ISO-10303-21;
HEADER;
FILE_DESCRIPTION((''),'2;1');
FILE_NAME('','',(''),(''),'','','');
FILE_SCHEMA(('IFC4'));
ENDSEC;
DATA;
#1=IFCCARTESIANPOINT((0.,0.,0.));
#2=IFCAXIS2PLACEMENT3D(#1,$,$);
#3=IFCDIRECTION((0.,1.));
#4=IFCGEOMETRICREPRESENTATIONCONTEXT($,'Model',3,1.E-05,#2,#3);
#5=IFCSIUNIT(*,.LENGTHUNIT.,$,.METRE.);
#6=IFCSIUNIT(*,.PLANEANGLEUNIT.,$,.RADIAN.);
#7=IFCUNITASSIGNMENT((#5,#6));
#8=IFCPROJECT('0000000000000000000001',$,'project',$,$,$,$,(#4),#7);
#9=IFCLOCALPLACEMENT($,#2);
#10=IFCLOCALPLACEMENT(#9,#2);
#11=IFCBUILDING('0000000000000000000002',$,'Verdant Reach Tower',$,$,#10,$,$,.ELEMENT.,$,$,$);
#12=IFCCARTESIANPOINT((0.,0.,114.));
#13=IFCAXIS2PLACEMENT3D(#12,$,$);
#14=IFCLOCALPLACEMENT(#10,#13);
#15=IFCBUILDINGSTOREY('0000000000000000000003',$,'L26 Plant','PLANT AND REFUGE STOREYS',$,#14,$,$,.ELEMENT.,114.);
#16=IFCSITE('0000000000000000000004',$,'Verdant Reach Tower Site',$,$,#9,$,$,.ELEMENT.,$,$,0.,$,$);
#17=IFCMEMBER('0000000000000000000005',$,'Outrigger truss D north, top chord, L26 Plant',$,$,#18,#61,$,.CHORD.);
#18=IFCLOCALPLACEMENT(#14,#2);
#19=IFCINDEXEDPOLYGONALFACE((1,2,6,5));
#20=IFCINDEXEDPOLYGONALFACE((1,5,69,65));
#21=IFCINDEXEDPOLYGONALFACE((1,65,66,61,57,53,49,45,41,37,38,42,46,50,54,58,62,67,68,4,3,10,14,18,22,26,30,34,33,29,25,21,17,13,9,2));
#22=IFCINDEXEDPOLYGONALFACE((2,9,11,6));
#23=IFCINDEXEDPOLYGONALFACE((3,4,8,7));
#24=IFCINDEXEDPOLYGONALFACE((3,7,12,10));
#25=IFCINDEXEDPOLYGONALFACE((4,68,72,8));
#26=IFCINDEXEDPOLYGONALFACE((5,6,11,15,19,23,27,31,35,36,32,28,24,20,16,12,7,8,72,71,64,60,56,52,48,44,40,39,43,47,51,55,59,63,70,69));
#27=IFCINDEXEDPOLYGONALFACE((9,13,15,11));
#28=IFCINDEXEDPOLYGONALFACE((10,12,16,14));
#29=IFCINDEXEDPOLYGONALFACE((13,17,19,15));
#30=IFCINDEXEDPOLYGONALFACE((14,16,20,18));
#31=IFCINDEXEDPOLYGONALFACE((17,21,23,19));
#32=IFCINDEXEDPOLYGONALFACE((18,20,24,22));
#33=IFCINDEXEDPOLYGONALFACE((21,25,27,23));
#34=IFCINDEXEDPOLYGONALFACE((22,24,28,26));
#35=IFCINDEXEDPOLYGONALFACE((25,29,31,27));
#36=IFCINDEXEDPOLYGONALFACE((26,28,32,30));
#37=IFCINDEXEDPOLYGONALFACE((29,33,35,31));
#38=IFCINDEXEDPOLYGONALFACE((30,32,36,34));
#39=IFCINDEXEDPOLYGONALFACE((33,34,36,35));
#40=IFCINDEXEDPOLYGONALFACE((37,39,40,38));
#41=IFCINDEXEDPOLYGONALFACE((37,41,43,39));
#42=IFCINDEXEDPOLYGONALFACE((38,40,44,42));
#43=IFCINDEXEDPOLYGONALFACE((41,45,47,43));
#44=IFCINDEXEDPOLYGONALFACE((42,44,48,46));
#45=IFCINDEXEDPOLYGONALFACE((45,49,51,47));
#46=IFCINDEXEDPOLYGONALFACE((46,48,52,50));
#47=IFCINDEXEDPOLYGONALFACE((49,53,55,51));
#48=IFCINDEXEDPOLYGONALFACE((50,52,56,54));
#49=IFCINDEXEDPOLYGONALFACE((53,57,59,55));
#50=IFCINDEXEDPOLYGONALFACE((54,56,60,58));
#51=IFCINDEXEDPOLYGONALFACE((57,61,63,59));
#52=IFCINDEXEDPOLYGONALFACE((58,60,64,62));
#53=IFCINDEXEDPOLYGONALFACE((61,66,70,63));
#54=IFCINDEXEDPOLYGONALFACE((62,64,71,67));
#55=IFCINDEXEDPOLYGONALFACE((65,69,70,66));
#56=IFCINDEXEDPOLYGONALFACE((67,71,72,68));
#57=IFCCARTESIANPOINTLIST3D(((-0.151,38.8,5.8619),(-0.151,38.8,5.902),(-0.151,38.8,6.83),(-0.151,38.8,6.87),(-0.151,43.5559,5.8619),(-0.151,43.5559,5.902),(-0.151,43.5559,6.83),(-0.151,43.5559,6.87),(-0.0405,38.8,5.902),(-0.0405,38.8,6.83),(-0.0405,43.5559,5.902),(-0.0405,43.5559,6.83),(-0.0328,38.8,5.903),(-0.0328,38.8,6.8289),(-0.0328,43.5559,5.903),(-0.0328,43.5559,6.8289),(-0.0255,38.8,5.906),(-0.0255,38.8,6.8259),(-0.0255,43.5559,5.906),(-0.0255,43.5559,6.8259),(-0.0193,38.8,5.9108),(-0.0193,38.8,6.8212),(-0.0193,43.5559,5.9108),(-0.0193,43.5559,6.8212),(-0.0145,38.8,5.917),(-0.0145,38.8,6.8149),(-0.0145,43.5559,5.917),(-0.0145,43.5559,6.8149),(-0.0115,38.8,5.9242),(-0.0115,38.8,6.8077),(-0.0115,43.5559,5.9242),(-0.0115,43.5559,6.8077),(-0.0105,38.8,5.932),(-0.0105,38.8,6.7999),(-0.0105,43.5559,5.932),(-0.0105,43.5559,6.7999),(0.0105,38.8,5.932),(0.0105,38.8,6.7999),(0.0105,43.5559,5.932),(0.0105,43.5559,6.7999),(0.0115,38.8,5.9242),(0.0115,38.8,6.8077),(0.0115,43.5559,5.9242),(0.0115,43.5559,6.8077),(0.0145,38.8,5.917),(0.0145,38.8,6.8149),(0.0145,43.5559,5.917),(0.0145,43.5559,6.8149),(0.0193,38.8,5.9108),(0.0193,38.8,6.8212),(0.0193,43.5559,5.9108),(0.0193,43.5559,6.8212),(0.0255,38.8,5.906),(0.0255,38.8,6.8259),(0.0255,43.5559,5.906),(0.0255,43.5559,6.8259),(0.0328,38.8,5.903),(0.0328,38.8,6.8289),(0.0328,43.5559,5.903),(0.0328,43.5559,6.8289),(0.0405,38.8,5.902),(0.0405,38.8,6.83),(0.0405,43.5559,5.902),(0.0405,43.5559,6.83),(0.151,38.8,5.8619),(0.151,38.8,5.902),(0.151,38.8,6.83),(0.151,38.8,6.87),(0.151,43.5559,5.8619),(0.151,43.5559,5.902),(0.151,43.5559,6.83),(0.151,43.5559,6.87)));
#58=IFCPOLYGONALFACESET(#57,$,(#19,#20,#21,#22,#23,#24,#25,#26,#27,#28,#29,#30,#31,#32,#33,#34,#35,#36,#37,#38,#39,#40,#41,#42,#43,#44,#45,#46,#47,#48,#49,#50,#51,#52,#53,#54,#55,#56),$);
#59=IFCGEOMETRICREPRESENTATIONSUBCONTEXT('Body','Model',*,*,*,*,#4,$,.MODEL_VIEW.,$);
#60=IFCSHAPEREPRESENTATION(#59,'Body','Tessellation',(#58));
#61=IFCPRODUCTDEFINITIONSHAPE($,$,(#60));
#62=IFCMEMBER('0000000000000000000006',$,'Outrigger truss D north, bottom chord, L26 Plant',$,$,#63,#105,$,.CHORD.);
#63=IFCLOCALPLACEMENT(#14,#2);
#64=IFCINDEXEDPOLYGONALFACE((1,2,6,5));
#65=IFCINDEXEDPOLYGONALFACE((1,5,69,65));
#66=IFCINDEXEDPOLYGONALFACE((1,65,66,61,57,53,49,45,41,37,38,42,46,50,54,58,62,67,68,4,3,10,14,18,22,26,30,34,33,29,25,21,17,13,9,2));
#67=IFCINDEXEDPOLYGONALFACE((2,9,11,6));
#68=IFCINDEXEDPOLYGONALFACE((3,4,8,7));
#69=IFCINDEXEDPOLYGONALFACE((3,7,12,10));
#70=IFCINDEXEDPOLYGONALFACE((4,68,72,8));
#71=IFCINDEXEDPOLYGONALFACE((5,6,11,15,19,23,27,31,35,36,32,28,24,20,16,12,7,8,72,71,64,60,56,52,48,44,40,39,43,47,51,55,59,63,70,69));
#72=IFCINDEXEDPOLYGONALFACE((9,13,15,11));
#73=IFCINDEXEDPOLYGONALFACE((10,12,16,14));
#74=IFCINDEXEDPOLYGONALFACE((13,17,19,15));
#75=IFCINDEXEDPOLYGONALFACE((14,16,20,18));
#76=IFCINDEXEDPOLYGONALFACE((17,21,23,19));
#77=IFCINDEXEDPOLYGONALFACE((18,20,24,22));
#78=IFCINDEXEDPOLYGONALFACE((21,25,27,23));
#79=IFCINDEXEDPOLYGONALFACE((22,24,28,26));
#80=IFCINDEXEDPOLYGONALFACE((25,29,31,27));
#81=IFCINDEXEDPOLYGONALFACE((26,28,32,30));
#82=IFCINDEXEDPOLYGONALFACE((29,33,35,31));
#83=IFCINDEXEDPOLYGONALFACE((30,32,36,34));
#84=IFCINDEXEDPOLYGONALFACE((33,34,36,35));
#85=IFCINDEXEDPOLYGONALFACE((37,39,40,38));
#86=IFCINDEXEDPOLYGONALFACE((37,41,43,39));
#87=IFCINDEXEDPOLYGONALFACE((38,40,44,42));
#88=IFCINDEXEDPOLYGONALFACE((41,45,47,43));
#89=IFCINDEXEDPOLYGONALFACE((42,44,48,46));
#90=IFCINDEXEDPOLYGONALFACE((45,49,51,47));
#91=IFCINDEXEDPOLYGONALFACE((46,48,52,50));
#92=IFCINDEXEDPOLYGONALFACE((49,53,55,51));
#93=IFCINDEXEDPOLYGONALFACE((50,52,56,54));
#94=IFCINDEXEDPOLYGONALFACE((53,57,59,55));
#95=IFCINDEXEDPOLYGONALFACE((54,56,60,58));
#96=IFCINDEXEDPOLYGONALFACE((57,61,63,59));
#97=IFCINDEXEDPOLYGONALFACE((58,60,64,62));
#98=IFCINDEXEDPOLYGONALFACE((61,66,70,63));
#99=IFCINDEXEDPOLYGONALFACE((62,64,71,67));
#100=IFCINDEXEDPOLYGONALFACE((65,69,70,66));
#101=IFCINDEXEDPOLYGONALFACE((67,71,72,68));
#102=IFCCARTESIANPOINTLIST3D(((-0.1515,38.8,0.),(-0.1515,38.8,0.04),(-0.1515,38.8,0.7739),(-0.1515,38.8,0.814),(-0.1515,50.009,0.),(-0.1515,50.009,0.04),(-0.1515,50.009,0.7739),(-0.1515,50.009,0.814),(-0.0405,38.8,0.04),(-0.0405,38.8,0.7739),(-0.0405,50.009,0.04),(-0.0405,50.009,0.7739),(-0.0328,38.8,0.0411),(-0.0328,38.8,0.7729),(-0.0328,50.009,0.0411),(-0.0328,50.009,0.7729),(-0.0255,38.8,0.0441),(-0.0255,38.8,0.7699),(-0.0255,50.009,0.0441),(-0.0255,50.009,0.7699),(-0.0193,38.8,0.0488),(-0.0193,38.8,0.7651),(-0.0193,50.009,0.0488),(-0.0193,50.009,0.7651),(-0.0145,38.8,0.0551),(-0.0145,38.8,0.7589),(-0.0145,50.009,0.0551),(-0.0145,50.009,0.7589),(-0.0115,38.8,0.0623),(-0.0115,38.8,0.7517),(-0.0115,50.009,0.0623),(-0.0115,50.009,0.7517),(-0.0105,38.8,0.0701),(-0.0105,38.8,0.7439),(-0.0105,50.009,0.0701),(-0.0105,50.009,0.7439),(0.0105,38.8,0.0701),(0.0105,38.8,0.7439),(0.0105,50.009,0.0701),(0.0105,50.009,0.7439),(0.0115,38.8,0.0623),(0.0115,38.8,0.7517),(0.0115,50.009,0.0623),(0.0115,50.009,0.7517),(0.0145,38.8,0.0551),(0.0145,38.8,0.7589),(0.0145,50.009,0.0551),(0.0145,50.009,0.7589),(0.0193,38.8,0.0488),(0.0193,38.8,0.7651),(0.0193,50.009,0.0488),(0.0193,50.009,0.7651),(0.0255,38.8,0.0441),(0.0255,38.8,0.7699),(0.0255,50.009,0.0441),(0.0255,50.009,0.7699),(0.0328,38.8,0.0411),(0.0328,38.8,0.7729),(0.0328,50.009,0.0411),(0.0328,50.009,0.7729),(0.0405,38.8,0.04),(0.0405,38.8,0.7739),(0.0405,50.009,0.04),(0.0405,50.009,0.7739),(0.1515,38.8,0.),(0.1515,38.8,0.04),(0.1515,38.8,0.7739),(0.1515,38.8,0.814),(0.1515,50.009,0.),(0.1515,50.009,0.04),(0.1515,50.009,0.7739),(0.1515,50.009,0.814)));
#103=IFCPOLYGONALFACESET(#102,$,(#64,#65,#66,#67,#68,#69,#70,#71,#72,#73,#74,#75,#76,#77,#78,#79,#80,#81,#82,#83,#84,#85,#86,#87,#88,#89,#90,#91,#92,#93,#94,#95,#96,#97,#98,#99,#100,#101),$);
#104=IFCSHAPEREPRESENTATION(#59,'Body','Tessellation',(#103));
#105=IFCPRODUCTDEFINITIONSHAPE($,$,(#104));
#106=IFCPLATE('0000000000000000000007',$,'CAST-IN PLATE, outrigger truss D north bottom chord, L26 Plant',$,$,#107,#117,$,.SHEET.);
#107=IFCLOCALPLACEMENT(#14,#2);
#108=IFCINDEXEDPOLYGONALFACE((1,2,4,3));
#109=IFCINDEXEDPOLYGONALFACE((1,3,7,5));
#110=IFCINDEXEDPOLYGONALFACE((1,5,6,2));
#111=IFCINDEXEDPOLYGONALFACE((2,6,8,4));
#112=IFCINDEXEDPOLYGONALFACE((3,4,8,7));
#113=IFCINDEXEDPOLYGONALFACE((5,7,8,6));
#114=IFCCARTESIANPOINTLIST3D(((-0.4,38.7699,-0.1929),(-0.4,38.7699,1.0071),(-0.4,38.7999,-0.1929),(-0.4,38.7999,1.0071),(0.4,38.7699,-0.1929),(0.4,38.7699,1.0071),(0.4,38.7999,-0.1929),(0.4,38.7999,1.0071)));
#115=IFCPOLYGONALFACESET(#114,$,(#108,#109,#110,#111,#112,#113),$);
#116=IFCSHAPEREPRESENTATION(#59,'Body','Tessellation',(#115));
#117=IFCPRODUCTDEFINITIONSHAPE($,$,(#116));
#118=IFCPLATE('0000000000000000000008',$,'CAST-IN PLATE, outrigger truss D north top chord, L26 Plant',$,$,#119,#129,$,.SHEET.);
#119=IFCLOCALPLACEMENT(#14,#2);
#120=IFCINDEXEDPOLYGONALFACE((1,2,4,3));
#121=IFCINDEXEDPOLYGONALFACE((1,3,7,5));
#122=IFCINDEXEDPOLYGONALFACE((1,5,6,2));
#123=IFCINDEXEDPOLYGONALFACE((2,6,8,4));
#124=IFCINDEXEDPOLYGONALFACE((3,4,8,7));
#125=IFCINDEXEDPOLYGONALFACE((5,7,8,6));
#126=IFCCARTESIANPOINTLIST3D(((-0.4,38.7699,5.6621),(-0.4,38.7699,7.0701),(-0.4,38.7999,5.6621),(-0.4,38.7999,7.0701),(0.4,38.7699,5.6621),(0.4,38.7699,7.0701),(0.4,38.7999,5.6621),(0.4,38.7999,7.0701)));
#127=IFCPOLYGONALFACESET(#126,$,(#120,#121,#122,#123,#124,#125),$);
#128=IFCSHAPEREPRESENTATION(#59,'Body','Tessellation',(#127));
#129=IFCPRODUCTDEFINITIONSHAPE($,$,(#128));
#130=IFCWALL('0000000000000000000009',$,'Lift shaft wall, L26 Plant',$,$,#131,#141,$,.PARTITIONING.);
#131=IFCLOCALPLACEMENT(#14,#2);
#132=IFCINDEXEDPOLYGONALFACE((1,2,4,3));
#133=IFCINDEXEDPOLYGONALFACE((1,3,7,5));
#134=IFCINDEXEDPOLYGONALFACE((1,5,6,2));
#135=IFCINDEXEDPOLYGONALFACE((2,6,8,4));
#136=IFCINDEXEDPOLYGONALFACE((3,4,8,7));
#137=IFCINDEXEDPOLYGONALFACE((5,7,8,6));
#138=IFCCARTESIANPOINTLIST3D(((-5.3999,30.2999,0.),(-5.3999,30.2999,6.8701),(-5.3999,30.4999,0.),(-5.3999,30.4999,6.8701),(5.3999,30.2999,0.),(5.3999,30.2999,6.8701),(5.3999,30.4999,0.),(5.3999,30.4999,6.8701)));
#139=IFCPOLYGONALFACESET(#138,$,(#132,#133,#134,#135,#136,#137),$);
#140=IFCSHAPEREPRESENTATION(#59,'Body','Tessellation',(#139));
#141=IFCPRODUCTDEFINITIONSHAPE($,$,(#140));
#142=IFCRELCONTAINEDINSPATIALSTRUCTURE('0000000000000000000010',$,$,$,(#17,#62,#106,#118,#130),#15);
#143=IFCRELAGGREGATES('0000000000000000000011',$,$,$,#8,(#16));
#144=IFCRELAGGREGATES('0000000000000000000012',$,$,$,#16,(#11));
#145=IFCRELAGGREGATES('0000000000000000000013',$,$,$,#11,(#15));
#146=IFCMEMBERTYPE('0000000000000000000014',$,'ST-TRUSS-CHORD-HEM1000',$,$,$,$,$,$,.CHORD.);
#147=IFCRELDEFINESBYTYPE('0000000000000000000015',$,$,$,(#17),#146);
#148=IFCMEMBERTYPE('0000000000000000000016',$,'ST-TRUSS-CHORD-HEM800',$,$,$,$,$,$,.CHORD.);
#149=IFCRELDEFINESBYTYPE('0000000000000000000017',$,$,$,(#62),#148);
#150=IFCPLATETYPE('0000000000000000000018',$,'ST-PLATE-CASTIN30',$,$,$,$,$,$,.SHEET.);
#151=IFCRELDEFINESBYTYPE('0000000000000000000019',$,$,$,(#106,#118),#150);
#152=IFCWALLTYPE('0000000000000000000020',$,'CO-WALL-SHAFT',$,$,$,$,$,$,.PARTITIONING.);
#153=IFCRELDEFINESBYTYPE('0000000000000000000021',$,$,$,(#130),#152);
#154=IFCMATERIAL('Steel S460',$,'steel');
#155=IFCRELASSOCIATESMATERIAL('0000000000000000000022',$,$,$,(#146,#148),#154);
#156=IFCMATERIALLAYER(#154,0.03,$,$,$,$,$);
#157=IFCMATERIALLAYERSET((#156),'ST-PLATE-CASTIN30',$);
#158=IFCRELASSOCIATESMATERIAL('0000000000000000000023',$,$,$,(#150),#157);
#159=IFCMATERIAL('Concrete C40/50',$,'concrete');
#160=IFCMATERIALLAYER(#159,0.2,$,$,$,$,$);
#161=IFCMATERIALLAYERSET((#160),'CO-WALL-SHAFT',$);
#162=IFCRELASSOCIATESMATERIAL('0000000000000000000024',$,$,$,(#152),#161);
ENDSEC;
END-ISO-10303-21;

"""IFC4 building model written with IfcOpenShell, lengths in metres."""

from ifc_helpers import new_model, si_unit, direction, frame, frame_2d, origin, origin_2d, place, context, subcontext, project, spatial, rectangle, i_section, extrude, material, layer, layer_set, material_profile, profile_set, type_object, element, save


model = new_model("IFC4")

# Units and contexts
model_context = context("Model", 3, precision=1e-05, world=origin(), true_north=direction((0.0, 1.0)))
body_context = subcontext(model_context, "Body", "Model", "MODEL_VIEW")
ifc_project = project(units=[si_unit("LENGTHUNIT", "METRE"), si_unit("PLANEANGLEUNIT", "RADIAN")], contexts=[model_context])

# Site, building, storey
site_placement = place(None, origin())
site = spatial("IfcSite", under=ifc_project, at=site_placement, Name="Verdant Reach Tower Site", CompositionType="ELEMENT", RefElevation=0.0)
building_placement = place(site_placement, origin())
building = spatial("IfcBuilding", under=site, at=building_placement, Name="Verdant Reach Tower", CompositionType="ELEMENT")
storey_placement = place(building_placement, frame((0.0, 0.0, 114.0)))
storey = spatial("IfcBuildingStorey", under=building, at=storey_placement, Name="L26 Plant", Description="PLANT AND REFUGE STOREYS", CompositionType="ELEMENT", Elevation=114.0)

# Members
ifc_material_1 = material(Name="Steel S460", Category="steel")
ifc_material_profile_1 = material_profile(ifc_material_1, i_section(OverallWidth=0.302, OverallDepth=1.0081, WebThickness=0.021, FlangeThickness=0.04, FilletRadius=0.03, at=origin_2d()), Name="HEM 1000")
ifc_profile_set_1 = profile_set([ifc_material_profile_1], Name="Steel S460")
member_type_1 = type_object("IfcMemberType", Name="ST-TRUSS-CHORD-HEM1000", PredefinedType="CHORD", material=ifc_profile_set_1)
member_1_placement = place(storey_placement, frame((0.0, 38.8, 6.366), z_axis=(0.0, 1.0, 0.0), x_axis=(-1.0, 0.0, 0.0)))
element("IfcMember", 1, at=member_1_placement, inside=storey, type_object=member_type_1, Name="Outrigger truss D north, top chord, L26 Plant", PredefinedType="CHORD", context=body_context, shape_type="SweptSolid", body=[
    extrude(i_section(OverallWidth=0.302, OverallDepth=1.0081, WebThickness=0.021, FlangeThickness=0.04, FilletRadius=0.03, at=origin_2d()), origin(), (0.0, 0.0, 1.0), 4.7559),
])
ifc_material_profile_2 = material_profile(ifc_material_1, i_section(OverallWidth=0.303, OverallDepth=0.814, WebThickness=0.021, FlangeThickness=0.04, FilletRadius=0.03, at=origin_2d()), Name="HEM 800")
ifc_profile_set_2 = profile_set([ifc_material_profile_2], Name="Steel S460")
member_type_2 = type_object("IfcMemberType", Name="ST-TRUSS-CHORD-HEM800", PredefinedType="CHORD", material=ifc_profile_set_2)
member_2_placement = place(storey_placement, frame((0.0, 38.8, 0.407), z_axis=(0.0, 1.0, 0.0), x_axis=(-1.0, 0.0, 0.0)))
element("IfcMember", 2, at=member_2_placement, inside=storey, type_object=member_type_2, Name="Outrigger truss D north, bottom chord, L26 Plant", PredefinedType="CHORD", context=body_context, shape_type="SweptSolid", body=[
    extrude(i_section(OverallWidth=0.303, OverallDepth=0.814, WebThickness=0.021, FlangeThickness=0.04, FilletRadius=0.03, at=origin_2d()), origin(), (0.0, 0.0, 1.0), 11.209),
])

# Plates
ifc_layer_1 = layer(ifc_material_1, 0.03)
ifc_layer_set_1 = layer_set([ifc_layer_1], Name="ST-PLATE-CASTIN30")
plate_type = type_object("IfcPlateType", Name="ST-PLATE-CASTIN30", PredefinedType="SHEET", material=ifc_layer_set_1)
plate_1_placement = place(storey_placement, frame((0.0, 38.7849, -0.1929), z_axis=(0.0, 0.0, 1.0), x_axis=(1.0, 0.0, 0.0)))
element("IfcPlate", 3, at=plate_1_placement, inside=storey, type_object=plate_type, Name="CAST-IN PLATE, outrigger truss D north bottom chord, L26 Plant", PredefinedType="SHEET", context=body_context, shape_type="SweptSolid", body=[
    extrude(rectangle(XDim=0.8, YDim=0.03, at=origin_2d()), origin(), (0.0, 0.0, 1.0), 1.2),
])
plate_2_placement = place(storey_placement, frame((0.0, 38.7849, 5.6621), z_axis=(0.0, 0.0, 1.0), x_axis=(1.0, 0.0, 0.0)))
element("IfcPlate", 4, at=plate_2_placement, inside=storey, type_object=plate_type, Name="CAST-IN PLATE, outrigger truss D north top chord, L26 Plant", PredefinedType="SHEET", context=body_context, shape_type="SweptSolid", body=[
    extrude(rectangle(XDim=0.8, YDim=0.03, at=origin_2d()), origin(), (0.0, 0.0, 1.0), 1.408),
])

# Wall
ifc_material_2 = material(Name="Concrete C40/50", Category="concrete")
ifc_layer_2 = layer(ifc_material_2, 0.2)
ifc_layer_set_2 = layer_set([ifc_layer_2], Name="CO-WALL-SHAFT")
wall_type = type_object("IfcWallType", Name="CO-WALL-SHAFT", PredefinedType="PARTITIONING", material=ifc_layer_set_2)
wall_1_placement = place(storey_placement, frame((-5.3999, 30.3999, 0.0), z_axis=(0.0, 0.0, 1.0), x_axis=(1.0, 0.0, 0.0)))
element("IfcWall", 5, at=wall_1_placement, inside=storey, type_object=wall_type, Name="Lift shaft wall, L26 Plant", PredefinedType="PARTITIONING", context=body_context, shape_type="SweptSolid", body=[
    extrude(rectangle(XDim=10.7998, YDim=0.2, at=frame_2d((5.3999, 0.0))), origin(), (0.0, 0.0, 1.0), 6.8701),
])

save(model, "model.ifc")
